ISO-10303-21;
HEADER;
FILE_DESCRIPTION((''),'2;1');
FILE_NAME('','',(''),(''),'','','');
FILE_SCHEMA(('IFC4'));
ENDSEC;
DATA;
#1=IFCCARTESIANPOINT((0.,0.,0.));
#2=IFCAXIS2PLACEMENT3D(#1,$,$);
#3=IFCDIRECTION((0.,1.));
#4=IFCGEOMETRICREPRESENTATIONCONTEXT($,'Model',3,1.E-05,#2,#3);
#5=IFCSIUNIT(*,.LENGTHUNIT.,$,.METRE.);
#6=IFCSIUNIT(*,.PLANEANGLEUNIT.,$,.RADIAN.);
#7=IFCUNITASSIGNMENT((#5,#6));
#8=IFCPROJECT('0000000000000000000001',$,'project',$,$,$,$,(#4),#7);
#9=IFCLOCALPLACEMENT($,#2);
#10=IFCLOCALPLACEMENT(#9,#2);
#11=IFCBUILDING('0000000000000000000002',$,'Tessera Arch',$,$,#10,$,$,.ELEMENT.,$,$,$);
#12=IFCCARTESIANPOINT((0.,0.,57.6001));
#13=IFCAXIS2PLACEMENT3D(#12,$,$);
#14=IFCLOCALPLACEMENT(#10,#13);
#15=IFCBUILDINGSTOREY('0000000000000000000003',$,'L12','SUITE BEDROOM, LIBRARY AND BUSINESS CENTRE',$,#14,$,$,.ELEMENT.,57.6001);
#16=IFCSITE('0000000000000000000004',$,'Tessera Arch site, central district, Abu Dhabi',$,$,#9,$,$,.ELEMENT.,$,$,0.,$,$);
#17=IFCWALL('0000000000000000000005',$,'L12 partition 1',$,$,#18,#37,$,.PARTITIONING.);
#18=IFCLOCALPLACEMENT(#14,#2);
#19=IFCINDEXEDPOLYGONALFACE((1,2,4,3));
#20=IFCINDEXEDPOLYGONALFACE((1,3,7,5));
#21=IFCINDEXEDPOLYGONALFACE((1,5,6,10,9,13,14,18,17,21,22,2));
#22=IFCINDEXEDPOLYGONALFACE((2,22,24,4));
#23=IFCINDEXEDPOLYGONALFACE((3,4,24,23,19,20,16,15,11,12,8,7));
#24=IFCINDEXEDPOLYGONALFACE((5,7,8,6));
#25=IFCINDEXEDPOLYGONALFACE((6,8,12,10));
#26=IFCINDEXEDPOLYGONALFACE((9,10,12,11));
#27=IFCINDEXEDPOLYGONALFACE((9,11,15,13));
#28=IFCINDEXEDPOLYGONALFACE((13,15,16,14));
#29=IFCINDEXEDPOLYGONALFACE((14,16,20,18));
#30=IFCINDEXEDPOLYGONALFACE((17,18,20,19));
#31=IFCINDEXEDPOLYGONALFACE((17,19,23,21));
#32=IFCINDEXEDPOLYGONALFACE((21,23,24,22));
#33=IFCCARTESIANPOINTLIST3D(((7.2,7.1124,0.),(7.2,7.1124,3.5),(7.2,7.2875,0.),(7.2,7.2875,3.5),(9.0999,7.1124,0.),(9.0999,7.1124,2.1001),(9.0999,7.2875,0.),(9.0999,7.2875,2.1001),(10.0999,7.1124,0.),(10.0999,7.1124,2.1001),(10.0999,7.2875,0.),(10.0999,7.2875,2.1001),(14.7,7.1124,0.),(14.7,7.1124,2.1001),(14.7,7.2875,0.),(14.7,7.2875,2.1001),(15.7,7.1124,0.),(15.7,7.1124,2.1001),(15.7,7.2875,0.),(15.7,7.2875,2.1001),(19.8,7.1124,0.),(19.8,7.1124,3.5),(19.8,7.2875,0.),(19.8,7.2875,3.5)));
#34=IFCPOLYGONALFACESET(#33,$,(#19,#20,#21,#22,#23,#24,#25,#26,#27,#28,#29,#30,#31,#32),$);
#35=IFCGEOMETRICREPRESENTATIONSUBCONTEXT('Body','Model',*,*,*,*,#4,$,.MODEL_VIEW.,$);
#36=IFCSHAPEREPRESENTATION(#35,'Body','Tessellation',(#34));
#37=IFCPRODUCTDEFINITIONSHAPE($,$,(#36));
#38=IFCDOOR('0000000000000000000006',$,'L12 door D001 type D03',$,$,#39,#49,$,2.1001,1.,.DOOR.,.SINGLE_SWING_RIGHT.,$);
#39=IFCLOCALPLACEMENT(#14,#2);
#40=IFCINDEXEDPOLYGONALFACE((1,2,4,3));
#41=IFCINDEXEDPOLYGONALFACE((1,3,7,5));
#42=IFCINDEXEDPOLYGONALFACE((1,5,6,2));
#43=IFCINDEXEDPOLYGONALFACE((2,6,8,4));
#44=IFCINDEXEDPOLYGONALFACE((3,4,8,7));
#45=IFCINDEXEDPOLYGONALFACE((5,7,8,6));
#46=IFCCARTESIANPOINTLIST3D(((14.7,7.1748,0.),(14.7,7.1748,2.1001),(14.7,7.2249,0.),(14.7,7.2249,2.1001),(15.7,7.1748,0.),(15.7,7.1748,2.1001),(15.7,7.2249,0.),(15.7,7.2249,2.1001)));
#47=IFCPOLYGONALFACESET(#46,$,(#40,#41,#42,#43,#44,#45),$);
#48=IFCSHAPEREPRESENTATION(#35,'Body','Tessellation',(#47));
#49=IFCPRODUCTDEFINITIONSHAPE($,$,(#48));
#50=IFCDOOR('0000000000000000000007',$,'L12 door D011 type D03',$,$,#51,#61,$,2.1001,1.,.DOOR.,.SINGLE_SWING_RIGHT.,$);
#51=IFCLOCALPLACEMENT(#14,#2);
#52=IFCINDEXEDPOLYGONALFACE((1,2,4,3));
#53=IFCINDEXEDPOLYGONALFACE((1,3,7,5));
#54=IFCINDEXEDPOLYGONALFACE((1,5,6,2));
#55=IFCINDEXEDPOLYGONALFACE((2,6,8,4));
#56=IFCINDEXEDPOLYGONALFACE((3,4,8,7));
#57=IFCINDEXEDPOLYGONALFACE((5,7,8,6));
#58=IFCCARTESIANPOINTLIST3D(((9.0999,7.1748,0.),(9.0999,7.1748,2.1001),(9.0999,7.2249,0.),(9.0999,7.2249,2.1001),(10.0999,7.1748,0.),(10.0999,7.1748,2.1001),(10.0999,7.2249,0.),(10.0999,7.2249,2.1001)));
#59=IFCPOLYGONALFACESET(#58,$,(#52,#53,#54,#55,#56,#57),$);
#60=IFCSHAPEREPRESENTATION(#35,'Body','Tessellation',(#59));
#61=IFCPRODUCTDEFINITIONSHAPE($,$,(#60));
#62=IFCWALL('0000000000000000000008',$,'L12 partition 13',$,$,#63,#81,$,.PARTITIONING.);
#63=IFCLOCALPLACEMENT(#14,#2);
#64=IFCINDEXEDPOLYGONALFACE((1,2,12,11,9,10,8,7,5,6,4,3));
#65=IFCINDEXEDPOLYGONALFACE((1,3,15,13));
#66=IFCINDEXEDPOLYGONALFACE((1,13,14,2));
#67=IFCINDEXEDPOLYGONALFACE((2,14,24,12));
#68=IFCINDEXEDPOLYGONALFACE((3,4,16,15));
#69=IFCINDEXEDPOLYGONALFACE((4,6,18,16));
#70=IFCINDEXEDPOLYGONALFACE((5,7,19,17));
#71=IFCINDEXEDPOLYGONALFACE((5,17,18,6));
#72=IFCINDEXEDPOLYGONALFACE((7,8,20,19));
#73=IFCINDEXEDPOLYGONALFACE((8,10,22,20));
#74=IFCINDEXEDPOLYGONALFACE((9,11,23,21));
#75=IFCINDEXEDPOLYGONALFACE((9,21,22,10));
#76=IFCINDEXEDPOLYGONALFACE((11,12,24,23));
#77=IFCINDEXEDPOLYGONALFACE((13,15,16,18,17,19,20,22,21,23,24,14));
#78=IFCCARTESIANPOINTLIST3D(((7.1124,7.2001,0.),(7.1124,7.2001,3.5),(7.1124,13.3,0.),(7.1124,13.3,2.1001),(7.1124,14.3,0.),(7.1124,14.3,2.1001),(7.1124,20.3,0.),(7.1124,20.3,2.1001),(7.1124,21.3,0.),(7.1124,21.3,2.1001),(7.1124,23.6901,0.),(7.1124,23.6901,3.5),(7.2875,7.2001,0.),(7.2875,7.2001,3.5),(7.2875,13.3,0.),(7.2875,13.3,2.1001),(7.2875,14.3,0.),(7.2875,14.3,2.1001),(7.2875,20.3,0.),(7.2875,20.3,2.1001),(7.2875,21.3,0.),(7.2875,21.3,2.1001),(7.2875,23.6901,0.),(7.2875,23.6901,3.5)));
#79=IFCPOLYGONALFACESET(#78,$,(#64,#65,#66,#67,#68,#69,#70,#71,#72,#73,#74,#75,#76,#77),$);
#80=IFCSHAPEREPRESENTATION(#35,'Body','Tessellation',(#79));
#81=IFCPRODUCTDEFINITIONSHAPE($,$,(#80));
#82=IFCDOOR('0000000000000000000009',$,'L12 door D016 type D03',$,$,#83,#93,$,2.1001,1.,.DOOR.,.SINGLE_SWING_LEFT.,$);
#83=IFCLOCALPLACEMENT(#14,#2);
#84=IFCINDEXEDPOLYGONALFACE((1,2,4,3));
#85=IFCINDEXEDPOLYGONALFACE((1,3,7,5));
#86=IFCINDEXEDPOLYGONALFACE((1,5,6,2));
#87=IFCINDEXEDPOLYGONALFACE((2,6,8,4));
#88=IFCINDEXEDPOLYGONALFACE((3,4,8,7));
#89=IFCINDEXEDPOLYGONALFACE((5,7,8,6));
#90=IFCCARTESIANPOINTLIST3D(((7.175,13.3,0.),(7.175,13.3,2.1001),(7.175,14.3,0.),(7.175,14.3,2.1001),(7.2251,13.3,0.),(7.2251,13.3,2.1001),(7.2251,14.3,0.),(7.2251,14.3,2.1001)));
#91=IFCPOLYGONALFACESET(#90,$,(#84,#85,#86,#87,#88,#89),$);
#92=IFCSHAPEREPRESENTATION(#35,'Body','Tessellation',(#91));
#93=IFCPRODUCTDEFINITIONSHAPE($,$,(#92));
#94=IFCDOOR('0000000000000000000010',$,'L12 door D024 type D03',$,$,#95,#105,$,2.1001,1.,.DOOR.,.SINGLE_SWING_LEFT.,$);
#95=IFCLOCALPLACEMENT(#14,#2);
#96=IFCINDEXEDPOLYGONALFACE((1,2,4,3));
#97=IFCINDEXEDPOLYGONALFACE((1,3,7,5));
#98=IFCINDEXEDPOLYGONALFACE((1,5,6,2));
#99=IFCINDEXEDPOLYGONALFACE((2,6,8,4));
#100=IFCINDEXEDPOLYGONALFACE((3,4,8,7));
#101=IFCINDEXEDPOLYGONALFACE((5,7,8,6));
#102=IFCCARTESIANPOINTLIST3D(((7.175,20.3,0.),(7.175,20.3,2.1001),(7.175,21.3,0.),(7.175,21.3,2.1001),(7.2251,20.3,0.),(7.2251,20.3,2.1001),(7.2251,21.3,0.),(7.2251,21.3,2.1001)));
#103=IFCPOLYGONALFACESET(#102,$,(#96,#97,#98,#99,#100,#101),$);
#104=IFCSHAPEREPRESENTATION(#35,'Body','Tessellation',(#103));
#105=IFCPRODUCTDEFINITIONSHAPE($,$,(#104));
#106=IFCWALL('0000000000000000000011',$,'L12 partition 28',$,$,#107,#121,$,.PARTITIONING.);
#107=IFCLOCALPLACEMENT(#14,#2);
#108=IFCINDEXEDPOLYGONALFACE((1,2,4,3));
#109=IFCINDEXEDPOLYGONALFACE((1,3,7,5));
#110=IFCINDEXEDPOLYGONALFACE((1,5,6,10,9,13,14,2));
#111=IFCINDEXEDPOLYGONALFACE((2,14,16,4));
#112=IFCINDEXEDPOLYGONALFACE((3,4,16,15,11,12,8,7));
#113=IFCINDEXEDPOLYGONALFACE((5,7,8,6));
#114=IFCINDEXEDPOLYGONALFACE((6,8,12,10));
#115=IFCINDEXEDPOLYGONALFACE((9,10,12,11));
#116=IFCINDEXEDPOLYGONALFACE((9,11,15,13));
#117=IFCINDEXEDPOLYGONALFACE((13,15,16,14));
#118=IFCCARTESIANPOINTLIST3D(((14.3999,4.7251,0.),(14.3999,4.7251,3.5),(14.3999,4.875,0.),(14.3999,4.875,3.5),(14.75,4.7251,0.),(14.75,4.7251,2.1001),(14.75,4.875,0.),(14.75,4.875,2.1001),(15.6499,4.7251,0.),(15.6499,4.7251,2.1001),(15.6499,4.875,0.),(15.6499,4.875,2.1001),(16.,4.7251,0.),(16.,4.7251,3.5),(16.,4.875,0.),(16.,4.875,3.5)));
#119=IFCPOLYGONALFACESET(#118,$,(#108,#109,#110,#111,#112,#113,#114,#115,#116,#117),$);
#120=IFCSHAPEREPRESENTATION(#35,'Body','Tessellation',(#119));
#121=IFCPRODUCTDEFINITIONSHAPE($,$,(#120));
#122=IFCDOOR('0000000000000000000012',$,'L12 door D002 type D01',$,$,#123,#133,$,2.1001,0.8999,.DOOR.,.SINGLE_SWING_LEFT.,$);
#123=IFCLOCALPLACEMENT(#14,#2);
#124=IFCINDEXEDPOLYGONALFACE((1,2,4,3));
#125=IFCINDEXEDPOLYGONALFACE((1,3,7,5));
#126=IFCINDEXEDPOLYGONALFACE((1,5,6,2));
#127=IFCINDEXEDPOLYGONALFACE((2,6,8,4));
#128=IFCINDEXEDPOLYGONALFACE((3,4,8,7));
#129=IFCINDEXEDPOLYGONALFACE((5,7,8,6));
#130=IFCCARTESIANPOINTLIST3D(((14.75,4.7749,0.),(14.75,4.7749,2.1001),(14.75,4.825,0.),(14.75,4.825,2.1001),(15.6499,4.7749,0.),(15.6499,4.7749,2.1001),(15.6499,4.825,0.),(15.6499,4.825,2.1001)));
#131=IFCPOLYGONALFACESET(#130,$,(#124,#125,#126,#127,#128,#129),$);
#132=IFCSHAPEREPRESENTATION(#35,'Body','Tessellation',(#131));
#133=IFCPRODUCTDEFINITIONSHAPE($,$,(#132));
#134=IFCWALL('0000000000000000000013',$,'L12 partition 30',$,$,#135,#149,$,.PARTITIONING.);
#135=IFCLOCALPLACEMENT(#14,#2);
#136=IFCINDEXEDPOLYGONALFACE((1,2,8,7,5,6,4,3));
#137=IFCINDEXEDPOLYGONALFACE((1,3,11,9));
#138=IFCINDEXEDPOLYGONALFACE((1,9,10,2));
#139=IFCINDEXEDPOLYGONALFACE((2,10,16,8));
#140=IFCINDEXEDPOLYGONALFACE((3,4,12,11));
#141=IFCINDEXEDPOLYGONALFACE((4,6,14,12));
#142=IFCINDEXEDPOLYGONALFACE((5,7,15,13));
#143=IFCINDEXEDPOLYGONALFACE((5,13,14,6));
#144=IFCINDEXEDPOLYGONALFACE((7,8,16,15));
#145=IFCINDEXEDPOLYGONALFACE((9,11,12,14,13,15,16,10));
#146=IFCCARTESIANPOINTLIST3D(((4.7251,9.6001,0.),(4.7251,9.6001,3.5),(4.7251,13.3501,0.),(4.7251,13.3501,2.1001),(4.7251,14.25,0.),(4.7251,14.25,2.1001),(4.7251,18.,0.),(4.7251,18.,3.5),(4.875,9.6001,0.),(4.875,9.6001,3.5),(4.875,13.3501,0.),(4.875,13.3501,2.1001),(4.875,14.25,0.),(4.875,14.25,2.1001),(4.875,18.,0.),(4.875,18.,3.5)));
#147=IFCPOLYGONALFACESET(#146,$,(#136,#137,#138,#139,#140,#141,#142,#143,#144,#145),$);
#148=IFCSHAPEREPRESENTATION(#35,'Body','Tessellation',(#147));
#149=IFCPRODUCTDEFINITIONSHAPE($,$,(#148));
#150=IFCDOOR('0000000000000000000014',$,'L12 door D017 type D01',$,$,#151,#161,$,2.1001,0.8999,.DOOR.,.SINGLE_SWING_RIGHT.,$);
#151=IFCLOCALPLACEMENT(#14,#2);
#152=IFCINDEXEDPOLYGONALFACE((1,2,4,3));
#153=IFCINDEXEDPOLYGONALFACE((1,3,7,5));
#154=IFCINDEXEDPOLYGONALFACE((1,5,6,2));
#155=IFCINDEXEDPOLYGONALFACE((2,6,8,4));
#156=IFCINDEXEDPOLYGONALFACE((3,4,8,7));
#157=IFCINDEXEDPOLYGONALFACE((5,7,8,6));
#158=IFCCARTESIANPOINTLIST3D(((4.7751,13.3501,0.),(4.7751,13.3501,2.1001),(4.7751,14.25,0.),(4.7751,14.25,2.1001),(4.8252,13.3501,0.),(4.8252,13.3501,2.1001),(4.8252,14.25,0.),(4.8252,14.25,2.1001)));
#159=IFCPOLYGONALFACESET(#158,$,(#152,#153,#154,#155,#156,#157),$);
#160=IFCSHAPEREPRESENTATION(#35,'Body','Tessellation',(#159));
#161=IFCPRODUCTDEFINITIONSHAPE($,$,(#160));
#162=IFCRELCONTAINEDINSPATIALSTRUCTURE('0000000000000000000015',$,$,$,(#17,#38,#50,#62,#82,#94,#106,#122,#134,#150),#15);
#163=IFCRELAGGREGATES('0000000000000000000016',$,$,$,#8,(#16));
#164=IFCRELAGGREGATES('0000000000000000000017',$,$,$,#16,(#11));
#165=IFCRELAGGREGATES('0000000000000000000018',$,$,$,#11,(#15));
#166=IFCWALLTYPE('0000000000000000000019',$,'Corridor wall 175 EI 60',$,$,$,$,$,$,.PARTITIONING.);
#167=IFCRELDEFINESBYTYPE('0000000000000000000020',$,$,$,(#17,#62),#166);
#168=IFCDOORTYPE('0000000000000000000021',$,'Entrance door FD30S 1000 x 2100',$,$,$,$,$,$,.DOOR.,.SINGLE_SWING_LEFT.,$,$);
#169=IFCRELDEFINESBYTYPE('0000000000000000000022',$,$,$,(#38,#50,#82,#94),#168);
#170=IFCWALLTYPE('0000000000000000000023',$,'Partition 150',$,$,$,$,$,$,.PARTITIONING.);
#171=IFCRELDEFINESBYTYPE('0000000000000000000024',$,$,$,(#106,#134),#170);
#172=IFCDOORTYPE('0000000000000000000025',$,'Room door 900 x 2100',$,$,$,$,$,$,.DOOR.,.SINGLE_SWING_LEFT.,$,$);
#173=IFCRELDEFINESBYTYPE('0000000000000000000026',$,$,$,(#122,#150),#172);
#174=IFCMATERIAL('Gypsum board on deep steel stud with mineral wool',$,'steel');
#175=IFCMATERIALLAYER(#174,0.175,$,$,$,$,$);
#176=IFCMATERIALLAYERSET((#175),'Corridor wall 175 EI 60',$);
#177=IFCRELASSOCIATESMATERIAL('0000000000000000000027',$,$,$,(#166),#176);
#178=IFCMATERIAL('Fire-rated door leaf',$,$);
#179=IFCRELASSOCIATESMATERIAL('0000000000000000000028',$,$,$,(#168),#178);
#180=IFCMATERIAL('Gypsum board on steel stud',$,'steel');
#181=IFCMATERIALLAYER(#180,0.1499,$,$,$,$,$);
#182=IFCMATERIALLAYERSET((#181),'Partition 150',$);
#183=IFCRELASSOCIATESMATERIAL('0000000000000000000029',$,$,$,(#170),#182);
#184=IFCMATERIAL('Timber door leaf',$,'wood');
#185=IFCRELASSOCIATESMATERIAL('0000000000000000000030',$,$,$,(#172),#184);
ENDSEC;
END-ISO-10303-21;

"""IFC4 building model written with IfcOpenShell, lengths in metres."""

from ifc_helpers import new_model, si_unit, direction, frame, frame_2d, origin, place, context, subcontext, project, spatial, rectangle, extrude, material, layer, layer_set, type_object, element, fill, save


model = new_model("IFC4")

# Units and contexts
model_context = context("Model", 3, precision=1e-05, world=origin(), true_north=direction((0.0, 1.0)))
body_context = subcontext(model_context, "Body", "Model", "MODEL_VIEW")
ifc_project = project(units=[si_unit("LENGTHUNIT", "METRE"), si_unit("PLANEANGLEUNIT", "RADIAN")], contexts=[model_context])

# Site, building, storey
site_placement = place(None, origin())
site = spatial("IfcSite", under=ifc_project, at=site_placement, Name="Tessera Arch site, central district, Abu Dhabi", CompositionType="ELEMENT", RefElevation=0.0)
building_placement = place(site_placement, origin())
building = spatial("IfcBuilding", under=site, at=building_placement, Name="Tessera Arch", CompositionType="ELEMENT")
storey_placement = place(building_placement, frame((0.0, 0.0, 57.6001)))
storey = spatial("IfcBuildingStorey", under=building, at=storey_placement, Name="L12", Description="SUITE BEDROOM, LIBRARY AND BUSINESS CENTRE", CompositionType="ELEMENT", Elevation=57.6001)

# Walls, openings, doors
ifc_material_1 = material(Name="Gypsum board on deep steel stud with mineral wool", Category="steel")
ifc_layer_1 = layer(ifc_material_1, 0.175)
ifc_layer_set_1 = layer_set([ifc_layer_1], Name="Corridor wall 175 EI 60")
wall_type_1 = type_object("IfcWallType", Name="Corridor wall 175 EI 60", PredefinedType="PARTITIONING", material=ifc_layer_set_1)
wall_1_placement = place(storey_placement, frame((7.2, 7.2, 0.0), z_axis=(0.0, 0.0, 1.0), x_axis=(1.0, 0.0, 0.0)))
wall_1 = element("IfcWall", 1, at=wall_1_placement, inside=storey, type_object=wall_type_1, Name="L12 partition 1", PredefinedType="PARTITIONING", context=body_context, shape_type="SweptSolid", body=[
    extrude(rectangle(XDim=12.6001, YDim=0.175, at=frame_2d((6.3, 0.0))), origin(), (0.0, 0.0, 1.0), 3.5),
])
opening_1_placement = place(wall_1_placement, frame((7.5, 0.0, 0.0)))
opening_1 = element("IfcOpeningElement", 2, at=opening_1_placement, cuts=wall_1, PredefinedType="OPENING", context=body_context, shape_type="SweptSolid", body=[
    extrude(rectangle(XDim=1.0, YDim=2.1001, at=frame_2d((0.5, 1.05))), frame((0.0, 0.0974, 0.0), z_axis=(0.0, -1.0, 0.0), x_axis=(1.0, 0.0, 0.0)), (0.0, 0.0, 1.0), 0.1951),
])
opening_2_placement = place(wall_1_placement, frame((1.8999, 0.0, 0.0)))
opening_2 = element("IfcOpeningElement", 3, at=opening_2_placement, cuts=wall_1, PredefinedType="OPENING", context=body_context, shape_type="SweptSolid", body=[
    extrude(rectangle(XDim=1.0, YDim=2.1001, at=frame_2d((0.5, 1.05))), frame((0.0, 0.0974, 0.0), z_axis=(0.0, -1.0, 0.0), x_axis=(1.0, 0.0, 0.0)), (0.0, 0.0, 1.0), 0.1951),
])
ifc_material_2 = material(Name="Fire-rated door leaf")
door_type_1 = type_object("IfcDoorType", Name="Entrance door FD30S 1000 x 2100", OperationType="SINGLE_SWING_LEFT", PredefinedType="DOOR", material=ifc_material_2)
door_1_placement = place(opening_1_placement, origin())
door_1 = element("IfcDoor", 4, at=door_1_placement, inside=storey, type_object=door_type_1, Name="L12 door D001 type D03", OperationType="SINGLE_SWING_RIGHT", OverallHeight=2.1001, OverallWidth=1.0, PredefinedType="DOOR", context=body_context, shape_type="SweptSolid", body=[
    extrude(rectangle(XDim=1.0, YDim=2.1001, at=frame_2d((0.5, 1.05))), frame((0.0, 0.0249, 0.0), z_axis=(0.0, -1.0, 0.0), x_axis=(1.0, 0.0, 0.0)), (0.0, 0.0, 1.0), 0.05),
])
fill(opening_1, door_1)
door_2_placement = place(opening_2_placement, origin())
door_2 = element("IfcDoor", 5, at=door_2_placement, inside=storey, type_object=door_type_1, Name="L12 door D011 type D03", OperationType="SINGLE_SWING_RIGHT", OverallHeight=2.1001, OverallWidth=1.0, PredefinedType="DOOR", context=body_context, shape_type="SweptSolid", body=[
    extrude(rectangle(XDim=1.0, YDim=2.1001, at=frame_2d((0.5, 1.05))), frame((0.0, 0.0249, 0.0), z_axis=(0.0, -1.0, 0.0), x_axis=(1.0, 0.0, 0.0)), (0.0, 0.0, 1.0), 0.05),
])
fill(opening_2, door_2)
wall_2_placement = place(storey_placement, frame((7.2, 7.2, 0.0), z_axis=(0.0, 0.0, 1.0), x_axis=(0.0, 1.0, 0.0)))
wall_2 = element("IfcWall", 6, at=wall_2_placement, inside=storey, type_object=wall_type_1, Name="L12 partition 13", PredefinedType="PARTITIONING", context=body_context, shape_type="SweptSolid", body=[
    extrude(rectangle(XDim=16.49, YDim=0.175, at=frame_2d((8.2451, 0.0))), origin(), (0.0, 0.0, 1.0), 3.5),
])
opening_3_placement = place(wall_2_placement, frame((6.1001, 0.0, 0.0)))
opening_3 = element("IfcOpeningElement", 7, at=opening_3_placement, cuts=wall_2, PredefinedType="OPENING", context=body_context, shape_type="SweptSolid", body=[
    extrude(rectangle(XDim=1.0, YDim=2.1001, at=frame_2d((0.5, 1.05))), frame((0.0, 0.0974, 0.0), z_axis=(0.0, -1.0, 0.0), x_axis=(1.0, 0.0, 0.0)), (0.0, 0.0, 1.0), 0.1951),
])
opening_4_placement = place(wall_2_placement, frame((13.1001, 0.0, 0.0)))
opening_4 = element("IfcOpeningElement", 8, at=opening_4_placement, cuts=wall_2, PredefinedType="OPENING", context=body_context, shape_type="SweptSolid", body=[
    extrude(rectangle(XDim=1.0, YDim=2.1001, at=frame_2d((0.5, 1.05))), frame((0.0, 0.0974, 0.0), z_axis=(0.0, -1.0, 0.0), x_axis=(1.0, 0.0, 0.0)), (0.0, 0.0, 1.0), 0.1951),
])
door_3_placement = place(opening_3_placement, origin())
door_3 = element("IfcDoor", 9, at=door_3_placement, inside=storey, type_object=door_type_1, Name="L12 door D016 type D03", OperationType="SINGLE_SWING_LEFT", OverallHeight=2.1001, OverallWidth=1.0, PredefinedType="DOOR", context=body_context, shape_type="SweptSolid", body=[
    extrude(rectangle(XDim=1.0, YDim=2.1001, at=frame_2d((0.5, 1.05))), frame((0.0, 0.0249, 0.0), z_axis=(0.0, -1.0, 0.0), x_axis=(1.0, 0.0, 0.0)), (0.0, 0.0, 1.0), 0.05),
])
fill(opening_3, door_3)
door_4_placement = place(opening_4_placement, origin())
door_4 = element("IfcDoor", 10, at=door_4_placement, inside=storey, type_object=door_type_1, Name="L12 door D024 type D03", OperationType="SINGLE_SWING_LEFT", OverallHeight=2.1001, OverallWidth=1.0, PredefinedType="DOOR", context=body_context, shape_type="SweptSolid", body=[
    extrude(rectangle(XDim=1.0, YDim=2.1001, at=frame_2d((0.5, 1.05))), frame((0.0, 0.0249, 0.0), z_axis=(0.0, -1.0, 0.0), x_axis=(1.0, 0.0, 0.0)), (0.0, 0.0, 1.0), 0.05),
])
fill(opening_4, door_4)

# Walls, openings, doors
ifc_material_3 = material(Name="Gypsum board on steel stud", Category="steel")
ifc_layer_2 = layer(ifc_material_3, 0.1499)
ifc_layer_set_2 = layer_set([ifc_layer_2], Name="Partition 150")
wall_type_2 = type_object("IfcWallType", Name="Partition 150", PredefinedType="PARTITIONING", material=ifc_layer_set_2)
wall_3_placement = place(storey_placement, frame((14.3999, 4.8, 0.0), z_axis=(0.0, 0.0, 1.0), x_axis=(1.0, 0.0, 0.0)))
wall_3 = element("IfcWall", 11, at=wall_3_placement, inside=storey, type_object=wall_type_2, Name="L12 partition 28", PredefinedType="PARTITIONING", context=body_context, shape_type="SweptSolid", body=[
    extrude(rectangle(XDim=1.6001, YDim=0.1499, at=frame_2d((0.8, 0.0))), origin(), (0.0, 0.0, 1.0), 3.5),
])
opening_5_placement = place(wall_3_placement, frame((0.3501, 0.0, 0.0)))
opening_5 = element("IfcOpeningElement", 12, at=opening_5_placement, cuts=wall_3, PredefinedType="OPENING", context=body_context, shape_type="SweptSolid", body=[
    extrude(rectangle(XDim=0.8999, YDim=2.1001, at=frame_2d((0.45, 1.05))), frame((0.0, 0.085, 0.0), z_axis=(0.0, -1.0, 0.0), x_axis=(1.0, 0.0, 0.0)), (0.0, 0.0, 1.0), 0.1699),
])
ifc_material_4 = material(Name="Timber door leaf", Category="wood")
door_type_2 = type_object("IfcDoorType", Name="Room door 900 x 2100", OperationType="SINGLE_SWING_LEFT", PredefinedType="DOOR", material=ifc_material_4)
door_5_placement = place(opening_5_placement, origin())
door_5 = element("IfcDoor", 13, at=door_5_placement, inside=storey, type_object=door_type_2, Name="L12 door D002 type D01", OperationType="SINGLE_SWING_LEFT", OverallHeight=2.1001, OverallWidth=0.8999, PredefinedType="DOOR", context=body_context, shape_type="SweptSolid", body=[
    extrude(rectangle(XDim=0.8999, YDim=2.1001, at=frame_2d((0.45, 1.05))), frame((0.0, 0.0249, 0.0), z_axis=(0.0, -1.0, 0.0), x_axis=(1.0, 0.0, 0.0)), (0.0, 0.0, 1.0), 0.05),
])
fill(opening_5, door_5)
wall_4_placement = place(storey_placement, frame((4.8, 9.6001, 0.0), z_axis=(0.0, 0.0, 1.0), x_axis=(0.0, 1.0, 0.0)))
wall_4 = element("IfcWall", 14, at=wall_4_placement, inside=storey, type_object=wall_type_2, Name="L12 partition 30", PredefinedType="PARTITIONING", context=body_context, shape_type="SweptSolid", body=[
    extrude(rectangle(XDim=8.3999, YDim=0.1499, at=frame_2d((4.2, 0.0))), origin(), (0.0, 0.0, 1.0), 3.5),
])
opening_6_placement = place(wall_4_placement, frame((3.75, 0.0, 0.0)))
opening_6 = element("IfcOpeningElement", 15, at=opening_6_placement, cuts=wall_4, PredefinedType="OPENING", context=body_context, shape_type="SweptSolid", body=[
    extrude(rectangle(XDim=0.8999, YDim=2.1001, at=frame_2d((0.45, 1.05))), frame((0.0, 0.085, 0.0), z_axis=(0.0, -1.0, 0.0), x_axis=(1.0, 0.0, 0.0)), (0.0, 0.0, 1.0), 0.1699),
])
door_6_placement = place(opening_6_placement, origin())
door_6 = element("IfcDoor", 16, at=door_6_placement, inside=storey, type_object=door_type_2, Name="L12 door D017 type D01", OperationType="SINGLE_SWING_RIGHT", OverallHeight=2.1001, OverallWidth=0.8999, PredefinedType="DOOR", context=body_context, shape_type="SweptSolid", body=[
    extrude(rectangle(XDim=0.8999, YDim=2.1001, at=frame_2d((0.45, 1.05))), frame((0.0, 0.0249, 0.0), z_axis=(0.0, -1.0, 0.0), x_axis=(1.0, 0.0, 0.0)), (0.0, 0.0, 1.0), 0.05),
])
fill(opening_6, door_6)

save(model, "model.ifc")
